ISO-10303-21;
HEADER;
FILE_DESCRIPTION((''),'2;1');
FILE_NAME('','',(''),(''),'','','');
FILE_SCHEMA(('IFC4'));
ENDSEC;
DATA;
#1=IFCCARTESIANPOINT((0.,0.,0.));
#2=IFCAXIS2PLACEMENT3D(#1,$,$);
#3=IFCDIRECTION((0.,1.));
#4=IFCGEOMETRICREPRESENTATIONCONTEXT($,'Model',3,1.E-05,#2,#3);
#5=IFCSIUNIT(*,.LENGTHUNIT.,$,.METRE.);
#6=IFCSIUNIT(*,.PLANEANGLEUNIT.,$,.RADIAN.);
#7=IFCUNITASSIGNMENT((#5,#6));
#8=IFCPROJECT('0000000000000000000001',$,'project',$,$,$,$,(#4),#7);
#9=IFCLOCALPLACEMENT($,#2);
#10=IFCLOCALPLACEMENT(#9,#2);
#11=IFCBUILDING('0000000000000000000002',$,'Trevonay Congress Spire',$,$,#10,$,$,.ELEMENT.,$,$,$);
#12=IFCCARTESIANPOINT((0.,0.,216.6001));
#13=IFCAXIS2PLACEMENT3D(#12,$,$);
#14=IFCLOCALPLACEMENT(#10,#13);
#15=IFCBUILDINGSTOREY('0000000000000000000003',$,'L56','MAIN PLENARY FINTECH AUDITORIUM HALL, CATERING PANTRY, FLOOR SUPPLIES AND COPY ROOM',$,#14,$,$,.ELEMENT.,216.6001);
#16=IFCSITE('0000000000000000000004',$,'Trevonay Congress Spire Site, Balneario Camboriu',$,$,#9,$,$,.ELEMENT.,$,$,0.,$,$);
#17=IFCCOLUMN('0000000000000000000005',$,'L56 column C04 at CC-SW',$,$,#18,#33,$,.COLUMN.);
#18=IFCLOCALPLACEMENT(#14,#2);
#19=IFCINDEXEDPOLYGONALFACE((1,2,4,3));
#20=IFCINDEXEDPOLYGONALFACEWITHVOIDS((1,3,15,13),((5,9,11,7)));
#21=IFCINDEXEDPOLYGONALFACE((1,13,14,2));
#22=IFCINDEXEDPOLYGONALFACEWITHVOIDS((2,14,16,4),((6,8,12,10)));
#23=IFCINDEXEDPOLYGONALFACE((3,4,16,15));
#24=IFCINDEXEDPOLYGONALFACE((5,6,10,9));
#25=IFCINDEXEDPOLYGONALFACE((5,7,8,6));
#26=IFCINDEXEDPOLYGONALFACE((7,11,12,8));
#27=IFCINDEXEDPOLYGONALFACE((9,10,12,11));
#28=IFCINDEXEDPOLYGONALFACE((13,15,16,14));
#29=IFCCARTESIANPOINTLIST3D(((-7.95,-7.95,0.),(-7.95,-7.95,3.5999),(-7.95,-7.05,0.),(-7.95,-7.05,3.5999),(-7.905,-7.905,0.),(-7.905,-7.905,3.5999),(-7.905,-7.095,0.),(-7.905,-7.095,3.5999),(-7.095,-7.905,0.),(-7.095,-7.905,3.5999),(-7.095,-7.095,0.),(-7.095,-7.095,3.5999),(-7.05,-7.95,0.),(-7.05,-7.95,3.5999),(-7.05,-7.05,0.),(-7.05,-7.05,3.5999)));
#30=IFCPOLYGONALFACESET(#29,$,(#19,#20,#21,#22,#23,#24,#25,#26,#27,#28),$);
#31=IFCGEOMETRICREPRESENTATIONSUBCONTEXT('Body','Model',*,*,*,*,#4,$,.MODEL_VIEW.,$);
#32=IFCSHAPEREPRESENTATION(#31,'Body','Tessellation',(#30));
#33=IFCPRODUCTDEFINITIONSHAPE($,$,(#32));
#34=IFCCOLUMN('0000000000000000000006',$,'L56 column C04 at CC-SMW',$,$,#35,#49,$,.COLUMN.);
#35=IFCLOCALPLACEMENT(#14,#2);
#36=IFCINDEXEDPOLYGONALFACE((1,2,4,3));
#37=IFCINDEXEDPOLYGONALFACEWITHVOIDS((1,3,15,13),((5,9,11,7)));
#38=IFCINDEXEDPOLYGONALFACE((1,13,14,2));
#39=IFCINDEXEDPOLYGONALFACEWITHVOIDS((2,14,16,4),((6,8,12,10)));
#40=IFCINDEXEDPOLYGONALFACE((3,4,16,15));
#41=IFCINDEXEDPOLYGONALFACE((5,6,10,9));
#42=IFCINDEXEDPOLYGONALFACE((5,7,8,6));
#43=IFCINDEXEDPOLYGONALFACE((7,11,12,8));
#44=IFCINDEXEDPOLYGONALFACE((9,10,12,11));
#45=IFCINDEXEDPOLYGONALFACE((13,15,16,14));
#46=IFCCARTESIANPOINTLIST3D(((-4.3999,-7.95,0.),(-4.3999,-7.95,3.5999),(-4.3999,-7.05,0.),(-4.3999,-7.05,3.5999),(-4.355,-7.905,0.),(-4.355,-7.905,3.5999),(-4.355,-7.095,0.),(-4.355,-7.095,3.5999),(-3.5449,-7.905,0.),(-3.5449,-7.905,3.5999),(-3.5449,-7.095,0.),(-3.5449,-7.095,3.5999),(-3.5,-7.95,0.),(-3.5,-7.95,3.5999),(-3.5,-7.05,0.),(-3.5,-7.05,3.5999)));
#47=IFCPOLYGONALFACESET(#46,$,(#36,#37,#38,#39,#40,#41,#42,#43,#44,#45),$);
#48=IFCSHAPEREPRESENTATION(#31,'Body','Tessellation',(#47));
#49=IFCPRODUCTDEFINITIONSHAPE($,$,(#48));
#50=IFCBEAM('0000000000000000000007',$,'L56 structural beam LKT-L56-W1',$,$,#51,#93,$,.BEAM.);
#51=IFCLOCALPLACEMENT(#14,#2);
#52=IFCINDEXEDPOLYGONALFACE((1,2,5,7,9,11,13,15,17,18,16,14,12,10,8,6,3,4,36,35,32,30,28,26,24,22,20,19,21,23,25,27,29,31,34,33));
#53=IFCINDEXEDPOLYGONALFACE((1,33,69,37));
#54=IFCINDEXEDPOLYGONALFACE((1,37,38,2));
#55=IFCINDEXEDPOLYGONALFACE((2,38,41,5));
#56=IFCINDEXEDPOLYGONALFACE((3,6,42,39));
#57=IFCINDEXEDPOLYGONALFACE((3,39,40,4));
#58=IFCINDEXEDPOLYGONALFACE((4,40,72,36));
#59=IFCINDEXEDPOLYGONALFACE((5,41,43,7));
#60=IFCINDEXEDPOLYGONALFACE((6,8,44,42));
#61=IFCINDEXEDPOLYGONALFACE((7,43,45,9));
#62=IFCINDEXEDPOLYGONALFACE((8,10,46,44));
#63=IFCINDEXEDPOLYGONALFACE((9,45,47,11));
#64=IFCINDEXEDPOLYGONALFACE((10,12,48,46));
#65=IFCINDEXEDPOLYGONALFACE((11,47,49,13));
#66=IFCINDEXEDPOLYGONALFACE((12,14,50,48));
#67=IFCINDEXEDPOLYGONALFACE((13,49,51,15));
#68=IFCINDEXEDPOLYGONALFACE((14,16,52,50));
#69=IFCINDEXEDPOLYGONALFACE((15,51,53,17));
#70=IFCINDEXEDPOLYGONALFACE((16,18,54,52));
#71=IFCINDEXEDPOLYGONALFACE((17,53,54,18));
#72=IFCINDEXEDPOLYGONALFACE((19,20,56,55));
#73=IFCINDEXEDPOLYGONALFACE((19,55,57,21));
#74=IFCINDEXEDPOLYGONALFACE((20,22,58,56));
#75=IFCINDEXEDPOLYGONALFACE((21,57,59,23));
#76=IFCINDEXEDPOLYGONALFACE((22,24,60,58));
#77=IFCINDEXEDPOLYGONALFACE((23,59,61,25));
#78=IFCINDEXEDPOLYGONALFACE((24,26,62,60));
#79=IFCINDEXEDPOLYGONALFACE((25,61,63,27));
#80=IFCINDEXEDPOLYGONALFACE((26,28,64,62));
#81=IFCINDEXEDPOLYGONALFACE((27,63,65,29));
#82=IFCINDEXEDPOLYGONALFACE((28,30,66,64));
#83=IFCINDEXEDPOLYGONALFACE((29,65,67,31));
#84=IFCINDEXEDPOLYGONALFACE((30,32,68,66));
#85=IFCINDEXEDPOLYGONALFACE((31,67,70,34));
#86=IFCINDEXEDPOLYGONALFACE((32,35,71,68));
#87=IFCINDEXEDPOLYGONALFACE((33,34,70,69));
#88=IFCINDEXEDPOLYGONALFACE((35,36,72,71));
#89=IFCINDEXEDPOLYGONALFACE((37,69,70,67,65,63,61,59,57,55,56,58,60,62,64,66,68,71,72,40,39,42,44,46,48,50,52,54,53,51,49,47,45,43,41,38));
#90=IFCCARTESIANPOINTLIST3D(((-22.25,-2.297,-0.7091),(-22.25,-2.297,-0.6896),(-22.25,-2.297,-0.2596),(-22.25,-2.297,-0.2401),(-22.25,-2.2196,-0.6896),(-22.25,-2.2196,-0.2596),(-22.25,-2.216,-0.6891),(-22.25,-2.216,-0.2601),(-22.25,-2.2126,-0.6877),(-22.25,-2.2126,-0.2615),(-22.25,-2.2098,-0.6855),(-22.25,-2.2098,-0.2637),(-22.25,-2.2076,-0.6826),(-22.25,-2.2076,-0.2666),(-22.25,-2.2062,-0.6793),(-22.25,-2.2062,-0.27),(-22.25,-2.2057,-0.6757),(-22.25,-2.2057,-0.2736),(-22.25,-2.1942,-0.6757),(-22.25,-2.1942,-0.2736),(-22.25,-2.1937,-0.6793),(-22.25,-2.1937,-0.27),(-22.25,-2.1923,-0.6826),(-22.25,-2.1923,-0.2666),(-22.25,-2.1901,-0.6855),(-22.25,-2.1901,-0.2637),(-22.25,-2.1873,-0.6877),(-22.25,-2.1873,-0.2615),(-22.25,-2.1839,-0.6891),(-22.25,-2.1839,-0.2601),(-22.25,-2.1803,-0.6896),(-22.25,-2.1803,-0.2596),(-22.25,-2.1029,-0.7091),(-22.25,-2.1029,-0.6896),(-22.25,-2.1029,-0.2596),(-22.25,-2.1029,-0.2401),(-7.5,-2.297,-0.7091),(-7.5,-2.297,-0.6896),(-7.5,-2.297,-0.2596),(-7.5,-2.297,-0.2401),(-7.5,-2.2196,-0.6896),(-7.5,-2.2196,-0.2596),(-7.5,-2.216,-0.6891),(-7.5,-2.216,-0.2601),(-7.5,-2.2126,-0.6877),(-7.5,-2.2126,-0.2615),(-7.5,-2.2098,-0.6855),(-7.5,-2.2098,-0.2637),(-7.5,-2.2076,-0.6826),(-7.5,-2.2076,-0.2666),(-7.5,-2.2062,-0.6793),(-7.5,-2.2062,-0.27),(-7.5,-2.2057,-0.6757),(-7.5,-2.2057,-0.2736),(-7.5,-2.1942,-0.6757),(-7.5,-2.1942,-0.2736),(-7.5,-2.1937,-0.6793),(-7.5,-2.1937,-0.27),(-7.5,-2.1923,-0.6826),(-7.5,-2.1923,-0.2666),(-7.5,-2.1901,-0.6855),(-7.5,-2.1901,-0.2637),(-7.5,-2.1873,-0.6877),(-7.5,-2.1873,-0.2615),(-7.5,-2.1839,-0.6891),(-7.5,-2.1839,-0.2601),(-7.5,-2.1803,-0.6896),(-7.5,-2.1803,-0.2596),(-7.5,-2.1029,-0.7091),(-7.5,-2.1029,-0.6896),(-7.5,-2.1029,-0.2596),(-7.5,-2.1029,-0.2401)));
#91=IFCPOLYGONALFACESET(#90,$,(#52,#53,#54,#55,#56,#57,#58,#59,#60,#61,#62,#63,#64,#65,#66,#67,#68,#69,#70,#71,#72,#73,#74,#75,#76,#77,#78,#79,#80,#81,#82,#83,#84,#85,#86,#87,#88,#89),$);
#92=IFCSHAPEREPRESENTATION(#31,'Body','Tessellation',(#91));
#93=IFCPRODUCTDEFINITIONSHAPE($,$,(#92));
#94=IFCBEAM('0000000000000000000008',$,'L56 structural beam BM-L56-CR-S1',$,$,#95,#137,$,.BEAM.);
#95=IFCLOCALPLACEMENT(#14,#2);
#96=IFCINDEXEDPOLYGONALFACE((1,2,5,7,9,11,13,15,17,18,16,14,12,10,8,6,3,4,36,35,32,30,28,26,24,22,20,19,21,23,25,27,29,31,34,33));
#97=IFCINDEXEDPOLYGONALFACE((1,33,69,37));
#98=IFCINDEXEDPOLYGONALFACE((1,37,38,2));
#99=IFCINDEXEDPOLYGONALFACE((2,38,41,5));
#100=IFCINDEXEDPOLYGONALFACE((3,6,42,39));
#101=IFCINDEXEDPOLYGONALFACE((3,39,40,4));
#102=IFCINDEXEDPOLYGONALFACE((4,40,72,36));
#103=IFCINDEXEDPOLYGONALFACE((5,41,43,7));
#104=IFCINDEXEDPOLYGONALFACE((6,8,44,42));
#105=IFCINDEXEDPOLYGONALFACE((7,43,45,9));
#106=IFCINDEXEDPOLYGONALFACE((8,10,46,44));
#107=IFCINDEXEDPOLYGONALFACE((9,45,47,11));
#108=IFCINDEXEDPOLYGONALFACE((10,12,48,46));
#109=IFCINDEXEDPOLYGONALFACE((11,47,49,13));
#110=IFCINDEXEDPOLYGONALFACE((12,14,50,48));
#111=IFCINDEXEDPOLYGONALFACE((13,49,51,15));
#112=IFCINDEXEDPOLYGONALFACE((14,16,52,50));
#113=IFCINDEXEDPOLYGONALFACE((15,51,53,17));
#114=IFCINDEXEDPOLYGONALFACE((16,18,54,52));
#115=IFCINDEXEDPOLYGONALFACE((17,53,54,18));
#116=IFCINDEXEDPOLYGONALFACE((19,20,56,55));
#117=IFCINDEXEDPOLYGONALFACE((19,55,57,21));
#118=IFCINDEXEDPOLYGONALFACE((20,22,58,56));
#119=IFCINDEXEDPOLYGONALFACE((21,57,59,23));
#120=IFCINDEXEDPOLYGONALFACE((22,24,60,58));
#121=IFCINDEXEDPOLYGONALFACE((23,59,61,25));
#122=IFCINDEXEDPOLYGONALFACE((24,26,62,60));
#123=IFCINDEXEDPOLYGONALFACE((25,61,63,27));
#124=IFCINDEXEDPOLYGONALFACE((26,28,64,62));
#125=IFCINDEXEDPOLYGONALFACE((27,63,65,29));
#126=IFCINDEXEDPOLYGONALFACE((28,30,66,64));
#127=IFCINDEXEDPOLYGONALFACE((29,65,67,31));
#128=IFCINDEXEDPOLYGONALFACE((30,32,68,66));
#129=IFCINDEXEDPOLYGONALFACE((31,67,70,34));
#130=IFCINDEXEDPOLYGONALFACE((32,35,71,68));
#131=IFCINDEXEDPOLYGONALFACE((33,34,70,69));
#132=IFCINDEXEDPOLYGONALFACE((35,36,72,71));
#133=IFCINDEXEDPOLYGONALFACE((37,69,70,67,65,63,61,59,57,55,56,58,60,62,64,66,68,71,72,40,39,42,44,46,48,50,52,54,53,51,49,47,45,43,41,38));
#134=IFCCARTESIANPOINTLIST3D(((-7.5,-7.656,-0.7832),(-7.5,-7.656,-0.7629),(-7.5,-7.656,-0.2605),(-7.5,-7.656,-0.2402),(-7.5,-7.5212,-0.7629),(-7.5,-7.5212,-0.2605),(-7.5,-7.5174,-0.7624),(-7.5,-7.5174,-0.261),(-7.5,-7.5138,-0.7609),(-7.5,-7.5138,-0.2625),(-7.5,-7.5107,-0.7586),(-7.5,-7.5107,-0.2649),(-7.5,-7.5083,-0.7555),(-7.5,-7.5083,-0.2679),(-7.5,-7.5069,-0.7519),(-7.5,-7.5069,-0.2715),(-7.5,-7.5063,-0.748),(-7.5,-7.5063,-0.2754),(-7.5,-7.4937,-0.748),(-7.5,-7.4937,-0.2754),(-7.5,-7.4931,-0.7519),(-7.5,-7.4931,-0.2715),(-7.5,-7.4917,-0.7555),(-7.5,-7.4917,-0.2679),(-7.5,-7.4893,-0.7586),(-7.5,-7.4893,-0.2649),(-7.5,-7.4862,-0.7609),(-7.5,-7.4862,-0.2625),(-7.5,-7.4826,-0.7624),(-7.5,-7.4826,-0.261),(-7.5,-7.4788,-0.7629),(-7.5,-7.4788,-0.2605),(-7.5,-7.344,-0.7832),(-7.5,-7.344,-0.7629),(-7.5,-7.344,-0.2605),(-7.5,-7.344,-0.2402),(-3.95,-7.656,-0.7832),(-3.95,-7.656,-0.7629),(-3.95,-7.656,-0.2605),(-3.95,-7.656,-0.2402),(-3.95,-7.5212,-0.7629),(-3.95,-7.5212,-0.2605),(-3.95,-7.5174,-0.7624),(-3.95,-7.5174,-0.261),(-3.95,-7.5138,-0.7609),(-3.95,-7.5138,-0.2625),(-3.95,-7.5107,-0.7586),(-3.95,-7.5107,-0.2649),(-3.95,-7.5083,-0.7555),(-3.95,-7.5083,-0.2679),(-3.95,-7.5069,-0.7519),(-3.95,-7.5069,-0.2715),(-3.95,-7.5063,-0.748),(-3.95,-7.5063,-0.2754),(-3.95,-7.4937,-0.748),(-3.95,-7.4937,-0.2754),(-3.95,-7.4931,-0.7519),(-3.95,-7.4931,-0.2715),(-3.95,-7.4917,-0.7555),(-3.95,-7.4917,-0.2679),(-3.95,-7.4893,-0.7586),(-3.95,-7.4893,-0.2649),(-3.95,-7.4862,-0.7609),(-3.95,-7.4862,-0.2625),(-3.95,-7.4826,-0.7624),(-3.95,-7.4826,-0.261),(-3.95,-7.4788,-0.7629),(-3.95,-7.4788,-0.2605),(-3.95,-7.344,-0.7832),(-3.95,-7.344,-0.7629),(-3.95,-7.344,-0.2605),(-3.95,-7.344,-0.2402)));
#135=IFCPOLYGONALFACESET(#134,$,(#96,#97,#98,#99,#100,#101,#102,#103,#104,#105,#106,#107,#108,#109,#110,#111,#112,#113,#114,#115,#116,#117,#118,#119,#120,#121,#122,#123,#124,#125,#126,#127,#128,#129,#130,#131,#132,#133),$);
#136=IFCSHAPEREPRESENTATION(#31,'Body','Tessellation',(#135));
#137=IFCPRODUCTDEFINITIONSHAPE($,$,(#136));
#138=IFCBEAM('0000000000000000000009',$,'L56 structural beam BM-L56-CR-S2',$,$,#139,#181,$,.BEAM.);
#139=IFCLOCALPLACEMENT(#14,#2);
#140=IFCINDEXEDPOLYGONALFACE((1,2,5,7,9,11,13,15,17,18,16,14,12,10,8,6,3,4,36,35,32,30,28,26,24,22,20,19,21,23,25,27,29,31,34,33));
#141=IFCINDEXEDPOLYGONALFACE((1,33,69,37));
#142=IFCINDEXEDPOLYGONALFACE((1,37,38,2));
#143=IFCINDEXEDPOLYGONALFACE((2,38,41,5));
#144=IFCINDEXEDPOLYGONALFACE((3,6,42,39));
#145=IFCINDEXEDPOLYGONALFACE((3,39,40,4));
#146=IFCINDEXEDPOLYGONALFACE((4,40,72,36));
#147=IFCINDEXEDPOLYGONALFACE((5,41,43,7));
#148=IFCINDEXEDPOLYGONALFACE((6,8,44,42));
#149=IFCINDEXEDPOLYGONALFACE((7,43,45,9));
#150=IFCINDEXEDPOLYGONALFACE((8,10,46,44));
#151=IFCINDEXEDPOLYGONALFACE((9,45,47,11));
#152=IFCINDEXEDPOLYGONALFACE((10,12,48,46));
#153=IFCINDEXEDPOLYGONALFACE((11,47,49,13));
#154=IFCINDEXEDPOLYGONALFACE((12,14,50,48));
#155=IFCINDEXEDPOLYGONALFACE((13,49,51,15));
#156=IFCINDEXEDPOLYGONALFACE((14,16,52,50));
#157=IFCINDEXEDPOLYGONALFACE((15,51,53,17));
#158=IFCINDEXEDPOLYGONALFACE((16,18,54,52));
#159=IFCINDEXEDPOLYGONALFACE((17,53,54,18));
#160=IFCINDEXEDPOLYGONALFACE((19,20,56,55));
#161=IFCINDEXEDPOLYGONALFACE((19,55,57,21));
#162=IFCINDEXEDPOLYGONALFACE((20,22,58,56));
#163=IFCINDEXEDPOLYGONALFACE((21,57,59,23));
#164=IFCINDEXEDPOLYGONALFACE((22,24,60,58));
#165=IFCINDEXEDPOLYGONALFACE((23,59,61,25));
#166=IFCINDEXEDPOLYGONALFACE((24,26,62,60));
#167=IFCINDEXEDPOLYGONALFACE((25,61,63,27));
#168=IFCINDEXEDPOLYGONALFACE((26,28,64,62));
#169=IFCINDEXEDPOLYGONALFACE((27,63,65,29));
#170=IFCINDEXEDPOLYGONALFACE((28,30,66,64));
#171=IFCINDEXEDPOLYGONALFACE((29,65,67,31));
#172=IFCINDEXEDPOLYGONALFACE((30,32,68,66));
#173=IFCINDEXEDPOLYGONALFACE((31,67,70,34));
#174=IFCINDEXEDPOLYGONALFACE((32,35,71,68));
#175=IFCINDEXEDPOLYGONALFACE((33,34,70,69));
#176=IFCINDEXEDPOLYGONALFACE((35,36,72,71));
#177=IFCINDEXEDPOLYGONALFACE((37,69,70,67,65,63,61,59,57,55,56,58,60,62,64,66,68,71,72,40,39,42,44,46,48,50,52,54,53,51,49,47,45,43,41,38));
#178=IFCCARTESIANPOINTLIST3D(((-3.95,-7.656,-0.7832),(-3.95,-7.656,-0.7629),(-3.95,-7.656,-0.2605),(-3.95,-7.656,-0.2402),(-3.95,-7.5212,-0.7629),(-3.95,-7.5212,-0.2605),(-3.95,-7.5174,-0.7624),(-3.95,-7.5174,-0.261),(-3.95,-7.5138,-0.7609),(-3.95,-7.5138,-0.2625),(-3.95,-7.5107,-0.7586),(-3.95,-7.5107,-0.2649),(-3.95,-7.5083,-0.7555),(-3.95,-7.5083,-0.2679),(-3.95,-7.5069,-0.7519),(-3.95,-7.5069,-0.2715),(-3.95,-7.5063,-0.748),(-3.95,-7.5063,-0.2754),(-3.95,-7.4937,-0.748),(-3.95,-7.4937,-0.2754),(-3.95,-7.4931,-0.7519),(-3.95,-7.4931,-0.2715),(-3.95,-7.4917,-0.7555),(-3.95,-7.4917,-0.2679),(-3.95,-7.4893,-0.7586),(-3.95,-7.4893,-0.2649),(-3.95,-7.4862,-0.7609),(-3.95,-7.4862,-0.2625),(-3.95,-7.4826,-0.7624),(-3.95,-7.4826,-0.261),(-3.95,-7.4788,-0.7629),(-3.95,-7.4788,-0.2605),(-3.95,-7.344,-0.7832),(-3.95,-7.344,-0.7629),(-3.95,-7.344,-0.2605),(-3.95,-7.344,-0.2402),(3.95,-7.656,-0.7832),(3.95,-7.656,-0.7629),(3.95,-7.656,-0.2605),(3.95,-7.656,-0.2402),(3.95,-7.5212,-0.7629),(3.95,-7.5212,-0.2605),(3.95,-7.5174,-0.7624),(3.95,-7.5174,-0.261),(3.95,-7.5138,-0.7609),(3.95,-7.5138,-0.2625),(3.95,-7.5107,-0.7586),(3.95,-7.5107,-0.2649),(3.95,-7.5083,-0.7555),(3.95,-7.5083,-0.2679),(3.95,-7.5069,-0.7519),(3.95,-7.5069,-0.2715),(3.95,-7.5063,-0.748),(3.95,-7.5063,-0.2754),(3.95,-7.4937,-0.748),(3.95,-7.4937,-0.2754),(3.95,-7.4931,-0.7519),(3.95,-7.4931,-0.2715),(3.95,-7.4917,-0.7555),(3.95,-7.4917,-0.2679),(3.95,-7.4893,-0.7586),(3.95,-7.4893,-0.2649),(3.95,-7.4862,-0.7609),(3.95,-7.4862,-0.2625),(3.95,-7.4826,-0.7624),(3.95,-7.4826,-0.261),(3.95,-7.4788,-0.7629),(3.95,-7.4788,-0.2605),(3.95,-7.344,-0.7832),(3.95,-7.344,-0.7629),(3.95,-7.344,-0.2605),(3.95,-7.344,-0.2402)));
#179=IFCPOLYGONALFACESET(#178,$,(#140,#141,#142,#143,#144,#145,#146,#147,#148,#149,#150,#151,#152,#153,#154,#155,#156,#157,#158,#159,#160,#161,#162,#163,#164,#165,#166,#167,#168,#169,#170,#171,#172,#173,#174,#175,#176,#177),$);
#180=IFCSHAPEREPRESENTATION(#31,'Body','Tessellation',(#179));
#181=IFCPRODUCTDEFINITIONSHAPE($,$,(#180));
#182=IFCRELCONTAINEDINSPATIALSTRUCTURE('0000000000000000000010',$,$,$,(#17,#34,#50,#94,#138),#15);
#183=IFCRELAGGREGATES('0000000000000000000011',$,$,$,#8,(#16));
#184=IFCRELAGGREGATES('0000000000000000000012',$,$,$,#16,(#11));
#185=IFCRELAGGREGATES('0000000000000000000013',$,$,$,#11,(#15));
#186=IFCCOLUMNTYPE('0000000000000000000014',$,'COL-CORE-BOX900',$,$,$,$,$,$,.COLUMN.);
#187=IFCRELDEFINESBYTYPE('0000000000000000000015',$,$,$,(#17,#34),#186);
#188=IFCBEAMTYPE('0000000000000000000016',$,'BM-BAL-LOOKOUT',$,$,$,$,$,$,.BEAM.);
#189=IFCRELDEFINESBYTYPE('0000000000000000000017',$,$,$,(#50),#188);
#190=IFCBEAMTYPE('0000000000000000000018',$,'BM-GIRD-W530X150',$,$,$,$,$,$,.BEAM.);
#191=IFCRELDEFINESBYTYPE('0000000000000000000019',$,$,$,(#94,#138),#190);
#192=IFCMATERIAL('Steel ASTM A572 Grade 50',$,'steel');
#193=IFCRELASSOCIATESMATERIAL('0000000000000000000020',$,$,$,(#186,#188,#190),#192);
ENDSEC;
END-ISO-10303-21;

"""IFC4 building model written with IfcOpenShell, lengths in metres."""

from ifc_helpers import new_model, si_unit, direction, frame, origin, origin_2d, place, context, subcontext, project, spatial, hollow_rectangle, i_section, extrude, material, material_profile, profile_set, type_object, element, save


model = new_model("IFC4")

# Units and contexts
model_context = context("Model", 3, precision=1e-05, world=origin(), true_north=direction((0.0, 1.0)))
body_context = subcontext(model_context, "Body", "Model", "MODEL_VIEW")
ifc_project = project(units=[si_unit("LENGTHUNIT", "METRE"), si_unit("PLANEANGLEUNIT", "RADIAN")], contexts=[model_context])

# Site, building, storey
site_placement = place(None, origin())
site = spatial("IfcSite", under=ifc_project, at=site_placement, Name="Trevonay Congress Spire Site, Balneario Camboriu", CompositionType="ELEMENT", RefElevation=0.0)
building_placement = place(site_placement, origin())
building = spatial("IfcBuilding", under=site, at=building_placement, Name="Trevonay Congress Spire", CompositionType="ELEMENT")
storey_placement = place(building_placement, frame((0.0, 0.0, 216.6001)))
storey = spatial("IfcBuildingStorey", under=building, at=storey_placement, Name="L56", Description="MAIN PLENARY FINTECH AUDITORIUM HALL, CATERING PANTRY, FLOOR SUPPLIES AND COPY ROOM", CompositionType="ELEMENT", Elevation=216.6001)

# Columns
ifc_material_1 = material(Name="Steel ASTM A572 Grade 50", Category="steel")
ifc_material_profile_1 = material_profile(ifc_material_1, hollow_rectangle(XDim=0.8999, YDim=0.8999, WallThickness=0.0449, at=origin_2d()), Name="BOX 900x900x45")
ifc_profile_set_1 = profile_set([ifc_material_profile_1], Name="Steel ASTM A572 Grade 50")
column_type = type_object("IfcColumnType", Name="COL-CORE-BOX900", PredefinedType="COLUMN", material=ifc_profile_set_1)
for number, where, z_axis, x_axis, name in (
    (1, (-7.5, -7.5, 0.0), (0.0, 0.0, 1.0), (1.0, 0.0, 0.0), "L56 column C04 at CC-SW"),
    (2, (-3.95, -7.5, 0.0), (0.0, 0.0, 1.0), (1.0, 0.0, 0.0), "L56 column C04 at CC-SMW"),
):
    element("IfcColumn", number, at=place(storey_placement, frame(where, z_axis=z_axis, x_axis=x_axis)), inside=storey, type_object=column_type, Name=name, PredefinedType="COLUMN", context=body_context, shape_type="SweptSolid", body=[
        extrude(hollow_rectangle(XDim=0.8999, YDim=0.8999, WallThickness=0.0449, at=origin_2d()), origin(), (0.0, 0.0, 1.0), 3.5999),
    ])

# Beams
ifc_material_profile_2 = material_profile(ifc_material_1, i_section(OverallWidth=0.1941, OverallDepth=0.469, WebThickness=0.0115, FlangeThickness=0.0195, FilletRadius=0.0139, at=origin_2d()), Name="W460x106")
ifc_profile_set_2 = profile_set([ifc_material_profile_2], Name="Steel ASTM A572 Grade 50")
beam_type_1 = type_object("IfcBeamType", Name="BM-BAL-LOOKOUT", PredefinedType="BEAM", material=ifc_profile_set_2)
beam_1_placement = place(storey_placement, frame((-7.5, -2.2, -0.4746), z_axis=(-1.0, 0.0, 0.0), x_axis=(0.0, -1.0, 0.0)))
element("IfcBeam", 3, at=beam_1_placement, inside=storey, type_object=beam_type_1, Name="L56 structural beam LKT-L56-W1", PredefinedType="BEAM", context=body_context, shape_type="SweptSolid", body=[
    extrude(i_section(OverallWidth=0.1941, OverallDepth=0.469, WebThickness=0.0115, FlangeThickness=0.0195, FilletRadius=0.0139, at=origin_2d()), origin(), (0.0, 0.0, 1.0), 14.75),
])
ifc_material_profile_3 = material_profile(ifc_material_1, i_section(OverallWidth=0.312, OverallDepth=0.543, WebThickness=0.0127, FlangeThickness=0.0203, FilletRadius=0.0149, at=origin_2d()), Name="W530x150")
ifc_profile_set_3 = profile_set([ifc_material_profile_3], Name="Steel ASTM A572 Grade 50")
beam_type_2 = type_object("IfcBeamType", Name="BM-GIRD-W530X150", PredefinedType="BEAM", material=ifc_profile_set_3)
beam_2_placement = place(storey_placement, frame((-7.5, -7.5, -0.5117), z_axis=(1.0, 0.0, 0.0), x_axis=(0.0, 1.0, 0.0)))
element("IfcBeam", 4, at=beam_2_placement, inside=storey, type_object=beam_type_2, Name="L56 structural beam BM-L56-CR-S1", PredefinedType="BEAM", context=body_context, shape_type="SweptSolid", body=[
    extrude(i_section(OverallWidth=0.312, OverallDepth=0.543, WebThickness=0.0127, FlangeThickness=0.0203, FilletRadius=0.0149, at=origin_2d()), origin(), (0.0, 0.0, 1.0), 3.55),
])
beam_3_placement = place(storey_placement, frame((-3.95, -7.5, -0.5117), z_axis=(1.0, 0.0, 0.0), x_axis=(0.0, 1.0, 0.0)))
element("IfcBeam", 5, at=beam_3_placement, inside=storey, type_object=beam_type_2, Name="L56 structural beam BM-L56-CR-S2", PredefinedType="BEAM", context=body_context, shape_type="SweptSolid", body=[
    extrude(i_section(OverallWidth=0.312, OverallDepth=0.543, WebThickness=0.0127, FlangeThickness=0.0203, FilletRadius=0.0149, at=origin_2d()), origin(), (0.0, 0.0, 1.0), 7.8999),
])

save(model, "model.ifc")
